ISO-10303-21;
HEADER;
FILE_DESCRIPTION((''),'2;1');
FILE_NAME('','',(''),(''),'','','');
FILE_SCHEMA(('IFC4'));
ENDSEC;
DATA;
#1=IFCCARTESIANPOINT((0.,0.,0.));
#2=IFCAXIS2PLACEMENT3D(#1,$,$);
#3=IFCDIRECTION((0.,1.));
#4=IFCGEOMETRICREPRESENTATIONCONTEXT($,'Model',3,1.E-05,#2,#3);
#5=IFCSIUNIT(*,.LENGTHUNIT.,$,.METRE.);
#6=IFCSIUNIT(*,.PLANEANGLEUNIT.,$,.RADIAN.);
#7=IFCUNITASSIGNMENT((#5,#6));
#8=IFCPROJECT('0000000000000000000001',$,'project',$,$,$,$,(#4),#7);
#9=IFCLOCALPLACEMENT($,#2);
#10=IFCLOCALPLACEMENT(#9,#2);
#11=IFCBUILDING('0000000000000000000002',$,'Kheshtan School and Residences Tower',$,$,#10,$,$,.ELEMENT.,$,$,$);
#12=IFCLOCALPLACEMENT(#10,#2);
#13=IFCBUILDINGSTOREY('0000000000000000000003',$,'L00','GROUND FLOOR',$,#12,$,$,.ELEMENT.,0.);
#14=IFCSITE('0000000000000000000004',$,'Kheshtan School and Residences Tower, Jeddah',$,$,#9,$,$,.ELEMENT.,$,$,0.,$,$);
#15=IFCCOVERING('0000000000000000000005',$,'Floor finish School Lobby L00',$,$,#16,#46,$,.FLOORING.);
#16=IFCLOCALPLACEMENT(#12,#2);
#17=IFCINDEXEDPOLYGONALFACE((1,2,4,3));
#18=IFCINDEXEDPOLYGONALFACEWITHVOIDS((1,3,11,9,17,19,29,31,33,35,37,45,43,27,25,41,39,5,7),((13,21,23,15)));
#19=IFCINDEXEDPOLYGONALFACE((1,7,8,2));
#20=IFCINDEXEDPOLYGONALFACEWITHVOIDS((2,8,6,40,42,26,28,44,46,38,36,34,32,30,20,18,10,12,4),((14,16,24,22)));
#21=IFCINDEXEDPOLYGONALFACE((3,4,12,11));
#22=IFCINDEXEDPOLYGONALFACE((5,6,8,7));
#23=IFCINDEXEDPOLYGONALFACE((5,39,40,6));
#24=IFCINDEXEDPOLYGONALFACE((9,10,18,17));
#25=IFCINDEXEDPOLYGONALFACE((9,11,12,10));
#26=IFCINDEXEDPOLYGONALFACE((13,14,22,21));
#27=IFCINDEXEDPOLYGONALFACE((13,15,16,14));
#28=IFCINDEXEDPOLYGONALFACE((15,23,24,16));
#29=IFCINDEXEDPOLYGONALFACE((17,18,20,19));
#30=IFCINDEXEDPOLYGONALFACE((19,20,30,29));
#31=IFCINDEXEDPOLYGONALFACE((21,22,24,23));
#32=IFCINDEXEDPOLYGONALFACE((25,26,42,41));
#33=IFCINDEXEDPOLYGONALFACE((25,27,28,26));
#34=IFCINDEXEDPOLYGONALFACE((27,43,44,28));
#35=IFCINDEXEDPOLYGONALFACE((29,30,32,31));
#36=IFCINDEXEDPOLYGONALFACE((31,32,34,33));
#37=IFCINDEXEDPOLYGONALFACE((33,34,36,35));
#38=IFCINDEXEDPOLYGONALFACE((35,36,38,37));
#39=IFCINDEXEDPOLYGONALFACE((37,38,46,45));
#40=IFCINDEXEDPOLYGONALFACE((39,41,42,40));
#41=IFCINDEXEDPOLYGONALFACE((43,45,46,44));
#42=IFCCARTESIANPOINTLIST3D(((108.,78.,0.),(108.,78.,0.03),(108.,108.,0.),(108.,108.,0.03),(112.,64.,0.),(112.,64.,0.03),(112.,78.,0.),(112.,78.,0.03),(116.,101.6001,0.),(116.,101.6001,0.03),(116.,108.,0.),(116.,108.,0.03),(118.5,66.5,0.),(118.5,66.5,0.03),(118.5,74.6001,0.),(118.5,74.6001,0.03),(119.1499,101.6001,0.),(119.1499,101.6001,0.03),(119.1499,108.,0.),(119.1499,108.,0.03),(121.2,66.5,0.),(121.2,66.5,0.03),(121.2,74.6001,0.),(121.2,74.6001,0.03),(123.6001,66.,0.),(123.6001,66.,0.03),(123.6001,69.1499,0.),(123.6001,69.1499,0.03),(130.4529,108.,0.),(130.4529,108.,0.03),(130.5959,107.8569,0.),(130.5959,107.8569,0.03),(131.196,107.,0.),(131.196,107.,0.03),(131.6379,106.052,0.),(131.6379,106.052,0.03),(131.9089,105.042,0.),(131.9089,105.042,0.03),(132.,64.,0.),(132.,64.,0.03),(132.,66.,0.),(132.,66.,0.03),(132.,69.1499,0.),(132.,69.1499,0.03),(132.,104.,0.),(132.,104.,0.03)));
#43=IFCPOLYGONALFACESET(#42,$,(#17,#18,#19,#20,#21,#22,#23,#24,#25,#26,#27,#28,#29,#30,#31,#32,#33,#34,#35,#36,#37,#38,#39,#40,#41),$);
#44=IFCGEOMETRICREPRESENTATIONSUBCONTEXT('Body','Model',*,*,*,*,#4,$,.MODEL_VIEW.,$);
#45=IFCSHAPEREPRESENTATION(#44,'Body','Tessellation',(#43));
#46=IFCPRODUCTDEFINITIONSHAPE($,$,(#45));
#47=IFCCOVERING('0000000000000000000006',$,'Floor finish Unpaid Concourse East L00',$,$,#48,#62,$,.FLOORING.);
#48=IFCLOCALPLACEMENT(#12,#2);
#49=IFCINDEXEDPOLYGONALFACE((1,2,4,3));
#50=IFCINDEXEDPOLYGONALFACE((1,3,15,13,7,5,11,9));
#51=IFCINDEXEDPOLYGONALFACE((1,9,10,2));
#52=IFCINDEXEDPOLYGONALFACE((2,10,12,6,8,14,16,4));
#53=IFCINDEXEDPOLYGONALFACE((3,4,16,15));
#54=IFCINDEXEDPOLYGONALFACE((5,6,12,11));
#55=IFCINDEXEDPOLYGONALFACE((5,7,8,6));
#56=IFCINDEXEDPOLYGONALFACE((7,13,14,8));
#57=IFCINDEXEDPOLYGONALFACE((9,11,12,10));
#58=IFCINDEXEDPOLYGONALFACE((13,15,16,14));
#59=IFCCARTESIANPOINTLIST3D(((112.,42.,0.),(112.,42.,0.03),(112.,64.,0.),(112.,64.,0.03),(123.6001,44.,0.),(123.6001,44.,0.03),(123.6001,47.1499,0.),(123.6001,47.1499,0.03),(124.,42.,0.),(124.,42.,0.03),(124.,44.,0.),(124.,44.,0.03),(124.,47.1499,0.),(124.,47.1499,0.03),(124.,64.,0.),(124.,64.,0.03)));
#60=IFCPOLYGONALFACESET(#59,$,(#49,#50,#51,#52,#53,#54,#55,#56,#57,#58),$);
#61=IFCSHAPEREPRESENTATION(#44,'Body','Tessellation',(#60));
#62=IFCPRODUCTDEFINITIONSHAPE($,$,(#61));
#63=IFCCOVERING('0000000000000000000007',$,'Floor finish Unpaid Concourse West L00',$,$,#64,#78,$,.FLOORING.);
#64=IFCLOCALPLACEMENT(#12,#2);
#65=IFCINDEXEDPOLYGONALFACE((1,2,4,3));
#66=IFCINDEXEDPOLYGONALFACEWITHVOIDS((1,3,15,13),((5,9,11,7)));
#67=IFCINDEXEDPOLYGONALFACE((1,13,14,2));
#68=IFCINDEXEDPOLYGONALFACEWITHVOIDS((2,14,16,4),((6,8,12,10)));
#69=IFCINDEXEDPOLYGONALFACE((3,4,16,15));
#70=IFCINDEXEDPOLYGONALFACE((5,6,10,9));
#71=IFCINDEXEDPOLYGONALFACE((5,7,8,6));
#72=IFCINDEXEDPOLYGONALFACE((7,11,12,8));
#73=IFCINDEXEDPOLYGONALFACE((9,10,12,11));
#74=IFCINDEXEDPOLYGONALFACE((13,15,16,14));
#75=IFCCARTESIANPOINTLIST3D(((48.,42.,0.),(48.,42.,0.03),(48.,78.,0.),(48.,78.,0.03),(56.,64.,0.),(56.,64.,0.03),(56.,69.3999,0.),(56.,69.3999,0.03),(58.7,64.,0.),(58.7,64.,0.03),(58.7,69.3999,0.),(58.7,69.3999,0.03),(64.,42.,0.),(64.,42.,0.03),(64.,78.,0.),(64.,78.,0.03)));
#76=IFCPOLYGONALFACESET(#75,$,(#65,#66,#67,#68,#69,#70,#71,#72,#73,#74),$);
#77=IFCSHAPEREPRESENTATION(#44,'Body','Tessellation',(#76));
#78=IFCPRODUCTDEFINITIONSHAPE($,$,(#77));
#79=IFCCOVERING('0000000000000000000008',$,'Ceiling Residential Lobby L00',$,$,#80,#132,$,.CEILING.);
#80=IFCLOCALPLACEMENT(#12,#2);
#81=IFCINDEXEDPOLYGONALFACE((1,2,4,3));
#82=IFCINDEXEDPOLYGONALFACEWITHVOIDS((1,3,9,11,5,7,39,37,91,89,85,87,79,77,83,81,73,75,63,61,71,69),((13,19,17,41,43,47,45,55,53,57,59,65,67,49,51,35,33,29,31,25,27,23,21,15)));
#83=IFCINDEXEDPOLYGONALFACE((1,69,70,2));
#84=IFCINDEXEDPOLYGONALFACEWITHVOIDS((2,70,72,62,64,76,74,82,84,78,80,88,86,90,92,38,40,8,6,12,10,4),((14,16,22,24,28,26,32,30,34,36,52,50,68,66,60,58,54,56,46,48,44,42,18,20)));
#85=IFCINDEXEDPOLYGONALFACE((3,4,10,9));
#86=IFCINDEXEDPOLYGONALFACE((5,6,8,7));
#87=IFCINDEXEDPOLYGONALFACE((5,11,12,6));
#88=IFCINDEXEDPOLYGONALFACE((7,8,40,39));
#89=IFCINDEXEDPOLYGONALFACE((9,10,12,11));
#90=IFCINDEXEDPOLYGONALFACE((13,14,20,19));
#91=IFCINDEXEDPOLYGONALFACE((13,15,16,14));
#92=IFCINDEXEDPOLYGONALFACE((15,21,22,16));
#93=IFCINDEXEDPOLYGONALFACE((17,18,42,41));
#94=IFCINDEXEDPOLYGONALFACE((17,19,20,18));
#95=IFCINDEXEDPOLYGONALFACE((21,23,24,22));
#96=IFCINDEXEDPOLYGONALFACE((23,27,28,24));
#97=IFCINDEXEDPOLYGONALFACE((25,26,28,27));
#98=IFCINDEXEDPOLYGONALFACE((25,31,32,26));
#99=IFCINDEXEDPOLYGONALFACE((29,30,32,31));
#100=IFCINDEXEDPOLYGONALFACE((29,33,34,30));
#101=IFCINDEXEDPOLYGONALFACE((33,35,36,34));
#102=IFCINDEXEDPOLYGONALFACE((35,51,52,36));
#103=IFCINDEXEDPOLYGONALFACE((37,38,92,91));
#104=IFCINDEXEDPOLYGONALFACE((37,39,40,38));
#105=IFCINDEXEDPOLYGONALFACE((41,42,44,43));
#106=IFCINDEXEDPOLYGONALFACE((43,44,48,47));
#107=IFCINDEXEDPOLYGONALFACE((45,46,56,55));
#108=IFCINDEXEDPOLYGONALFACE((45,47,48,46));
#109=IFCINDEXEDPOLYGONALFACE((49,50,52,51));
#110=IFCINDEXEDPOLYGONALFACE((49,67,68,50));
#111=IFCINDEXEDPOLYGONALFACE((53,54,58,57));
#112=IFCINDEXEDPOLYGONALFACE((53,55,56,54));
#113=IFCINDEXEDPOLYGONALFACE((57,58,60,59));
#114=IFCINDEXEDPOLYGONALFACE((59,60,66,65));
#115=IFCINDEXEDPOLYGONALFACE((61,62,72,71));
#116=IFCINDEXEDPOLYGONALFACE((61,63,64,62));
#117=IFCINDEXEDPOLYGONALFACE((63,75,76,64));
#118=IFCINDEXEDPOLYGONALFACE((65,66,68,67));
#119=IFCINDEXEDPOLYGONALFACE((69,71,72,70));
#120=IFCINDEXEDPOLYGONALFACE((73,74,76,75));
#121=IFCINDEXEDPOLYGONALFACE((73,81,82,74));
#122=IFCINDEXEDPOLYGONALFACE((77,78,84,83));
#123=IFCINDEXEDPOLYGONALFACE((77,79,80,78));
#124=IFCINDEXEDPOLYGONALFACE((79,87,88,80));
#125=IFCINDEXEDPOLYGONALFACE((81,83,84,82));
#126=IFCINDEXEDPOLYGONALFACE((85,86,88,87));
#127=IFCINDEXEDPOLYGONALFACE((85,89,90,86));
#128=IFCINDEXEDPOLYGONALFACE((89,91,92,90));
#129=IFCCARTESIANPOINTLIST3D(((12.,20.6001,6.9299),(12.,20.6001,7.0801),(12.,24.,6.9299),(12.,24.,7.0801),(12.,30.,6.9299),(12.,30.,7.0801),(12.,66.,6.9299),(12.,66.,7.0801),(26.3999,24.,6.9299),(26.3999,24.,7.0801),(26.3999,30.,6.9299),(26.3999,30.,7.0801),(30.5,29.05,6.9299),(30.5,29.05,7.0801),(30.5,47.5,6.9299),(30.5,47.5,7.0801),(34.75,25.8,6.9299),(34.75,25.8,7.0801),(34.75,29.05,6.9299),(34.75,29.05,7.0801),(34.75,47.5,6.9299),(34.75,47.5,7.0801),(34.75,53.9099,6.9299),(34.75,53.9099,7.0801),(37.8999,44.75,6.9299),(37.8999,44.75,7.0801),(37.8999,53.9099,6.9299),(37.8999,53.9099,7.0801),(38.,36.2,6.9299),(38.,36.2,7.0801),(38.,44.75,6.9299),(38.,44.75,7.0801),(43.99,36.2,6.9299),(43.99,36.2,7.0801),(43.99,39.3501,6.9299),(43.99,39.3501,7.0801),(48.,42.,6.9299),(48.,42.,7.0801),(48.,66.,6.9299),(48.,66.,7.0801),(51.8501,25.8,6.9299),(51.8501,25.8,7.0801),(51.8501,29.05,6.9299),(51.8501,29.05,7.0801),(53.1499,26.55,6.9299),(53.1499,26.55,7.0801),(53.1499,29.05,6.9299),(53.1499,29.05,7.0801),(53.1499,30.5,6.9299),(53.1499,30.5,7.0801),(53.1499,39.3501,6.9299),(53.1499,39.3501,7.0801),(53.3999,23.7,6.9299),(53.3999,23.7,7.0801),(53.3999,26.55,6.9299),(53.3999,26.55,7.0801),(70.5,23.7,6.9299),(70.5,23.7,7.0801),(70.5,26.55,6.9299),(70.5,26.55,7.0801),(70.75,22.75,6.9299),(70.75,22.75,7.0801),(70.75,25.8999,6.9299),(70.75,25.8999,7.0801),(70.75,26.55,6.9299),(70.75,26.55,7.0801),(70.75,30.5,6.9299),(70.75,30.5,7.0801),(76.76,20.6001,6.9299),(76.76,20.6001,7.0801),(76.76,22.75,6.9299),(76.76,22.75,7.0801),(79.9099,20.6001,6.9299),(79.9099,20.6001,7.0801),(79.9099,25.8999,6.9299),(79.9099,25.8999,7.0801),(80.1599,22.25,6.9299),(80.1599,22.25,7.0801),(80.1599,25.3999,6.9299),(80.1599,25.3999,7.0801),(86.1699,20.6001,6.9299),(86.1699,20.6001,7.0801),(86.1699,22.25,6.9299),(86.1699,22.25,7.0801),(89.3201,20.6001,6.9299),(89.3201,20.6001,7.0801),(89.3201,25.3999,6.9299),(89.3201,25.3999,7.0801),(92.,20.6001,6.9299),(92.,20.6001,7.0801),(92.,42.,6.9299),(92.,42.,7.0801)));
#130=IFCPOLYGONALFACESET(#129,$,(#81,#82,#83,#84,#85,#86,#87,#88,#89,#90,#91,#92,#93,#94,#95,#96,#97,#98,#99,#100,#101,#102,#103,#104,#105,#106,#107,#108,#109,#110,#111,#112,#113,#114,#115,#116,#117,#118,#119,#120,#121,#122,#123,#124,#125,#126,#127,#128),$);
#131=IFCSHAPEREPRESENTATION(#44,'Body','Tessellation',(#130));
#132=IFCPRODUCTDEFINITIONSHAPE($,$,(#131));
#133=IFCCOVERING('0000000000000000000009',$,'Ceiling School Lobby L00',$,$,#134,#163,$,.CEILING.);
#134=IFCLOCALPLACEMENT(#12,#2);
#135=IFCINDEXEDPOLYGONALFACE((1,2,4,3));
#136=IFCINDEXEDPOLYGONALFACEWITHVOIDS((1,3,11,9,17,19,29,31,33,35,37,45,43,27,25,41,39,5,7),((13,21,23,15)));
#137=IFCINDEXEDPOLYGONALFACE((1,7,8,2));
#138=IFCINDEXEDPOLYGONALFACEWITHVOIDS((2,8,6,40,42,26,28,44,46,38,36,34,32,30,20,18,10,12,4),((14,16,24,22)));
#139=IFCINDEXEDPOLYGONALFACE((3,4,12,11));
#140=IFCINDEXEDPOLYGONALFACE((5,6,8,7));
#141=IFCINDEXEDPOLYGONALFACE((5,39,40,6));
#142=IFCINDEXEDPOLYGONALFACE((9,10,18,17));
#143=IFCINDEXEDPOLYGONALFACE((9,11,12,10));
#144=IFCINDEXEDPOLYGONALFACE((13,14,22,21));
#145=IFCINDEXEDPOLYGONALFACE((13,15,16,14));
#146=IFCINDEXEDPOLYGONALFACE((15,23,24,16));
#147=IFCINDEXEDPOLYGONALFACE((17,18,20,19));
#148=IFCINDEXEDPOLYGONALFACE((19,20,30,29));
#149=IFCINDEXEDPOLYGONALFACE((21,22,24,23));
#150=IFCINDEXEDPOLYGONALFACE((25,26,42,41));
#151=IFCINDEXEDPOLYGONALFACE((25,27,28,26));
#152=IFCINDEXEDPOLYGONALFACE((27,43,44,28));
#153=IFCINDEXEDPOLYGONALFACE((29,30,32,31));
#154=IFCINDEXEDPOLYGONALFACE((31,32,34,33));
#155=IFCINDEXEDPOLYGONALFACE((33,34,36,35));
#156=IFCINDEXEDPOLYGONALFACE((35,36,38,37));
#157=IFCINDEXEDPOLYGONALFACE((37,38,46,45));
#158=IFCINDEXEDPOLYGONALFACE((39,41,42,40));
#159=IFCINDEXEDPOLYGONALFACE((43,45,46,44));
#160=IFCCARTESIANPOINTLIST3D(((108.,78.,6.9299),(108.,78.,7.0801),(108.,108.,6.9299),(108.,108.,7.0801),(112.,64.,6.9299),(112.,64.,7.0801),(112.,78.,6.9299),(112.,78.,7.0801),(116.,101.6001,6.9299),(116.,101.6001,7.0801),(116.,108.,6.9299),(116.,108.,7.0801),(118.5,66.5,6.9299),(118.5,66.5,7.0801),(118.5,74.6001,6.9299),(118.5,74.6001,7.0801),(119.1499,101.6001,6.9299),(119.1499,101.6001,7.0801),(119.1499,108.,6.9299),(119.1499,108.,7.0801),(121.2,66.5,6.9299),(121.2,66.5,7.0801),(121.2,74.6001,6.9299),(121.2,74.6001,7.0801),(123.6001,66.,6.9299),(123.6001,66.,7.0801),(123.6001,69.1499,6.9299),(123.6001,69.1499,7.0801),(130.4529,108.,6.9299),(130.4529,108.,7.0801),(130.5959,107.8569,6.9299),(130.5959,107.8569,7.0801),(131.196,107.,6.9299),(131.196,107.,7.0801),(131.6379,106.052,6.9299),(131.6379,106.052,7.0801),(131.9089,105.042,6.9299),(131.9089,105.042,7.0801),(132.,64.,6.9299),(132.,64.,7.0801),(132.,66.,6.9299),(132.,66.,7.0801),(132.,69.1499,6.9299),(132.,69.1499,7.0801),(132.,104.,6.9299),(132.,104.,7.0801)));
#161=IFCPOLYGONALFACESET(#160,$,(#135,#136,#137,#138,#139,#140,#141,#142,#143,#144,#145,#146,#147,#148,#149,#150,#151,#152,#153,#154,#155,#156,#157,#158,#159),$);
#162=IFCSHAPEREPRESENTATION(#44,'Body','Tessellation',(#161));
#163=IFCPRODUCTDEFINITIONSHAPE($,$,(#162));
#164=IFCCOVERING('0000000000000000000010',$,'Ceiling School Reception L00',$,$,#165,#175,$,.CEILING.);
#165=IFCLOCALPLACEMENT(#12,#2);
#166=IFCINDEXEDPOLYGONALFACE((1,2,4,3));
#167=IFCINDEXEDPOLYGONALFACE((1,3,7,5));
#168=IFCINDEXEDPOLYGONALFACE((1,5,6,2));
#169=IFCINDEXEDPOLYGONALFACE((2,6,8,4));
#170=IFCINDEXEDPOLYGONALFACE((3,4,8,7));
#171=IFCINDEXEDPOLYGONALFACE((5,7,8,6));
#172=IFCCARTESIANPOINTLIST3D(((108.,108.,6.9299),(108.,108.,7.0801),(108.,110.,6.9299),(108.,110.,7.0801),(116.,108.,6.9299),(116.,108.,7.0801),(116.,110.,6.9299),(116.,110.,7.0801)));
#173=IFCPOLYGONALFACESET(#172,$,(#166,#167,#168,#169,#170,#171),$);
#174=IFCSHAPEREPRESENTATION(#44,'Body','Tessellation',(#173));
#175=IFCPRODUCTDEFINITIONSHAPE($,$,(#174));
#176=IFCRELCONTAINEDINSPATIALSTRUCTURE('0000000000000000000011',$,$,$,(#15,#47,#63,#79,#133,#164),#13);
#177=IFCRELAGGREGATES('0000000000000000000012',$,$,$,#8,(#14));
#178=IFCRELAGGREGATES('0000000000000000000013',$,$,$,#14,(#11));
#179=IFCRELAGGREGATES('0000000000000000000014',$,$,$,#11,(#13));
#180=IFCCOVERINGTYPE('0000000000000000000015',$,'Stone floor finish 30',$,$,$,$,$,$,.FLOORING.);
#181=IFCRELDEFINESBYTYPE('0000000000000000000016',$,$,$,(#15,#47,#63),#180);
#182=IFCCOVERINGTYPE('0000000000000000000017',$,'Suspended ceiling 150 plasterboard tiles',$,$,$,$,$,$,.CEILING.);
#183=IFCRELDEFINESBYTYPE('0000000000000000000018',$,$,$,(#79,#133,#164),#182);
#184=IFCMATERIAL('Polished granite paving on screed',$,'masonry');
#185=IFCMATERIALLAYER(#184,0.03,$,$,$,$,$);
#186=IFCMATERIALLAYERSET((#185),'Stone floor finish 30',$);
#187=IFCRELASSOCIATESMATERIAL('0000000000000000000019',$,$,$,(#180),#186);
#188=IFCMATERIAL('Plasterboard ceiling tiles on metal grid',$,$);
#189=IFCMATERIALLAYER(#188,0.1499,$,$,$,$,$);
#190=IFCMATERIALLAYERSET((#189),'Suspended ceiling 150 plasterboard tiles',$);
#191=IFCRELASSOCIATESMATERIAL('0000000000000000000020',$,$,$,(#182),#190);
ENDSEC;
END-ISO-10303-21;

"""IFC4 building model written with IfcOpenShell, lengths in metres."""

from ifc_helpers import new_model, si_unit, direction, frame, origin, place, context, subcontext, project, spatial, polyline, outline, extrude, material, layer, layer_set, type_object, element, save


model = new_model("IFC4")

# Units and contexts
model_context = context("Model", 3, precision=1e-05, world=origin(), true_north=direction((0.0, 1.0)))
body_context = subcontext(model_context, "Body", "Model", "MODEL_VIEW")
ifc_project = project(units=[si_unit("LENGTHUNIT", "METRE"), si_unit("PLANEANGLEUNIT", "RADIAN")], contexts=[model_context])

# Site, building, storey
site_placement = place(None, origin())
site = spatial("IfcSite", under=ifc_project, at=site_placement, Name="Kheshtan School and Residences Tower, Jeddah", CompositionType="ELEMENT", RefElevation=0.0)
building_placement = place(site_placement, origin())
building = spatial("IfcBuilding", under=site, at=building_placement, Name="Kheshtan School and Residences Tower", CompositionType="ELEMENT")
storey_placement = place(building_placement, origin())
storey = spatial("IfcBuildingStorey", under=building, at=storey_placement, Name="L00", Description="GROUND FLOOR", CompositionType="ELEMENT", Elevation=0.0)

# Coverings
ifc_material_1 = material(Name="Polished granite paving on screed", Category="masonry")
ifc_layer_1 = layer(ifc_material_1, 0.03)
ifc_layer_set_1 = layer_set([ifc_layer_1], Name="Stone floor finish 30")
covering_type_1 = type_object("IfcCoveringType", Name="Stone floor finish 30", PredefinedType="FLOORING", material=ifc_layer_set_1)
covering_1_placement = place(storey_placement, origin())
element("IfcCovering", 1, at=covering_1_placement, inside=storey, type_object=covering_type_1, Name="Floor finish School Lobby L00", PredefinedType="FLOORING", context=body_context, shape_type="SweptSolid", body=[
    extrude(outline(polyline([(130.4529, 108.0), (119.1499, 108.0), (119.1499, 101.6001), (116.0, 101.6001), (116.0, 108.0), (108.0, 108.0), (108.0, 78.0), (112.0, 78.0), (112.0, 64.0), (132.0, 64.0), (132.0, 66.0), (123.6001, 66.0), (123.6001, 69.1499), (132.0, 69.1499), (132.0, 104.0), (131.9089, 105.042), (131.6379, 106.052), (131.196, 107.0), (130.5959, 107.8569), (130.4529, 108.0)]), holes=[polyline([(121.2, 66.5), (118.5, 66.5), (118.5, 74.6001), (121.2, 74.6001), (121.2, 66.5)])]), origin(), (0.0, 0.0, 1.0), 0.03),
])
covering_2_placement = place(storey_placement, origin())
element("IfcCovering", 2, at=covering_2_placement, inside=storey, type_object=covering_type_1, Name="Floor finish Unpaid Concourse East L00", PredefinedType="FLOORING", context=body_context, shape_type="SweptSolid", body=[
    extrude(outline(polyline([(123.6001, 47.1499), (123.6001, 44.0), (124.0, 44.0), (124.0, 42.0), (112.0, 42.0), (112.0, 64.0), (124.0, 64.0), (124.0, 47.1499), (123.6001, 47.1499)])), origin(), (0.0, 0.0, 1.0), 0.03),
])
covering_3_placement = place(storey_placement, origin())
element("IfcCovering", 3, at=covering_3_placement, inside=storey, type_object=covering_type_1, Name="Floor finish Unpaid Concourse West L00", PredefinedType="FLOORING", context=body_context, shape_type="SweptSolid", body=[
    extrude(outline(polyline([(64.0, 78.0), (48.0, 78.0), (48.0, 42.0), (64.0, 42.0), (64.0, 78.0)]), holes=[polyline([(56.0, 64.0), (56.0, 69.3999), (58.7, 69.3999), (58.7, 64.0), (56.0, 64.0)])]), origin(), (0.0, 0.0, 1.0), 0.03),
])
ifc_material_2 = material(Name="Plasterboard ceiling tiles on metal grid")
ifc_layer_2 = layer(ifc_material_2, 0.1499)
ifc_layer_set_2 = layer_set([ifc_layer_2], Name="Suspended ceiling 150 plasterboard tiles")
covering_type_2 = type_object("IfcCoveringType", Name="Suspended ceiling 150 plasterboard tiles", PredefinedType="CEILING", material=ifc_layer_set_2)
covering_4_placement = place(storey_placement, frame((0.0, 0.0, 6.9299)))
element("IfcCovering", 4, at=covering_4_placement, inside=storey, type_object=covering_type_2, Name="Ceiling Residential Lobby L00", PredefinedType="CEILING", context=body_context, shape_type="SweptSolid", body=[
    extrude(outline(polyline([(12.0, 30.0), (26.3999, 30.0), (26.3999, 24.0), (12.0, 24.0), (12.0, 20.6001), (76.76, 20.6001), (76.76, 22.75), (70.75, 22.75), (70.75, 25.8999), (79.9099, 25.8999), (79.9099, 20.6001), (86.1699, 20.6001), (86.1699, 22.25), (80.1599, 22.25), (80.1599, 25.3999), (89.3201, 25.3999), (89.3201, 20.6001), (92.0, 20.6001), (92.0, 42.0), (48.0, 42.0), (48.0, 66.0), (12.0, 66.0), (12.0, 30.0)]), holes=[polyline([(43.99, 36.2), (43.99, 39.3501), (53.1499, 39.3501), (53.1499, 30.5), (70.75, 30.5), (70.75, 26.55), (70.5, 26.55), (70.5, 23.7), (53.3999, 23.7), (53.3999, 26.55), (53.1499, 26.55), (53.1499, 29.05), (51.8501, 29.05), (51.8501, 25.8), (34.75, 25.8), (34.75, 29.05), (30.5, 29.05), (30.5, 47.5), (34.75, 47.5), (34.75, 53.9099), (37.8999, 53.9099), (37.8999, 44.75), (38.0, 44.75), (38.0, 36.2), (43.99, 36.2)])]), origin(), (0.0, 0.0, 1.0), 0.1501),
])
covering_5_placement = place(storey_placement, frame((0.0, 0.0, 6.9299)))
element("IfcCovering", 5, at=covering_5_placement, inside=storey, type_object=covering_type_2, Name="Ceiling School Lobby L00", PredefinedType="CEILING", context=body_context, shape_type="SweptSolid", body=[
    extrude(outline(polyline([(130.4529, 108.0), (119.1499, 108.0), (119.1499, 101.6001), (116.0, 101.6001), (116.0, 108.0), (108.0, 108.0), (108.0, 78.0), (112.0, 78.0), (112.0, 64.0), (132.0, 64.0), (132.0, 66.0), (123.6001, 66.0), (123.6001, 69.1499), (132.0, 69.1499), (132.0, 104.0), (131.9089, 105.042), (131.6379, 106.052), (131.196, 107.0), (130.5959, 107.8569), (130.4529, 108.0)]), holes=[polyline([(121.2, 66.5), (118.5, 66.5), (118.5, 74.6001), (121.2, 74.6001), (121.2, 66.5)])]), origin(), (0.0, 0.0, 1.0), 0.1501),
])
covering_6_placement = place(storey_placement, frame((0.0, 0.0, 6.9299)))
element("IfcCovering", 6, at=covering_6_placement, inside=storey, type_object=covering_type_2, Name="Ceiling School Reception L00", PredefinedType="CEILING", context=body_context, shape_type="SweptSolid", body=[
    extrude(outline(polyline([(116.0, 110.0), (116.0, 108.0), (108.0, 108.0), (108.0, 110.0), (116.0, 110.0)])), origin(), (0.0, 0.0, 1.0), 0.1501),
])

save(model, "model.ifc")
